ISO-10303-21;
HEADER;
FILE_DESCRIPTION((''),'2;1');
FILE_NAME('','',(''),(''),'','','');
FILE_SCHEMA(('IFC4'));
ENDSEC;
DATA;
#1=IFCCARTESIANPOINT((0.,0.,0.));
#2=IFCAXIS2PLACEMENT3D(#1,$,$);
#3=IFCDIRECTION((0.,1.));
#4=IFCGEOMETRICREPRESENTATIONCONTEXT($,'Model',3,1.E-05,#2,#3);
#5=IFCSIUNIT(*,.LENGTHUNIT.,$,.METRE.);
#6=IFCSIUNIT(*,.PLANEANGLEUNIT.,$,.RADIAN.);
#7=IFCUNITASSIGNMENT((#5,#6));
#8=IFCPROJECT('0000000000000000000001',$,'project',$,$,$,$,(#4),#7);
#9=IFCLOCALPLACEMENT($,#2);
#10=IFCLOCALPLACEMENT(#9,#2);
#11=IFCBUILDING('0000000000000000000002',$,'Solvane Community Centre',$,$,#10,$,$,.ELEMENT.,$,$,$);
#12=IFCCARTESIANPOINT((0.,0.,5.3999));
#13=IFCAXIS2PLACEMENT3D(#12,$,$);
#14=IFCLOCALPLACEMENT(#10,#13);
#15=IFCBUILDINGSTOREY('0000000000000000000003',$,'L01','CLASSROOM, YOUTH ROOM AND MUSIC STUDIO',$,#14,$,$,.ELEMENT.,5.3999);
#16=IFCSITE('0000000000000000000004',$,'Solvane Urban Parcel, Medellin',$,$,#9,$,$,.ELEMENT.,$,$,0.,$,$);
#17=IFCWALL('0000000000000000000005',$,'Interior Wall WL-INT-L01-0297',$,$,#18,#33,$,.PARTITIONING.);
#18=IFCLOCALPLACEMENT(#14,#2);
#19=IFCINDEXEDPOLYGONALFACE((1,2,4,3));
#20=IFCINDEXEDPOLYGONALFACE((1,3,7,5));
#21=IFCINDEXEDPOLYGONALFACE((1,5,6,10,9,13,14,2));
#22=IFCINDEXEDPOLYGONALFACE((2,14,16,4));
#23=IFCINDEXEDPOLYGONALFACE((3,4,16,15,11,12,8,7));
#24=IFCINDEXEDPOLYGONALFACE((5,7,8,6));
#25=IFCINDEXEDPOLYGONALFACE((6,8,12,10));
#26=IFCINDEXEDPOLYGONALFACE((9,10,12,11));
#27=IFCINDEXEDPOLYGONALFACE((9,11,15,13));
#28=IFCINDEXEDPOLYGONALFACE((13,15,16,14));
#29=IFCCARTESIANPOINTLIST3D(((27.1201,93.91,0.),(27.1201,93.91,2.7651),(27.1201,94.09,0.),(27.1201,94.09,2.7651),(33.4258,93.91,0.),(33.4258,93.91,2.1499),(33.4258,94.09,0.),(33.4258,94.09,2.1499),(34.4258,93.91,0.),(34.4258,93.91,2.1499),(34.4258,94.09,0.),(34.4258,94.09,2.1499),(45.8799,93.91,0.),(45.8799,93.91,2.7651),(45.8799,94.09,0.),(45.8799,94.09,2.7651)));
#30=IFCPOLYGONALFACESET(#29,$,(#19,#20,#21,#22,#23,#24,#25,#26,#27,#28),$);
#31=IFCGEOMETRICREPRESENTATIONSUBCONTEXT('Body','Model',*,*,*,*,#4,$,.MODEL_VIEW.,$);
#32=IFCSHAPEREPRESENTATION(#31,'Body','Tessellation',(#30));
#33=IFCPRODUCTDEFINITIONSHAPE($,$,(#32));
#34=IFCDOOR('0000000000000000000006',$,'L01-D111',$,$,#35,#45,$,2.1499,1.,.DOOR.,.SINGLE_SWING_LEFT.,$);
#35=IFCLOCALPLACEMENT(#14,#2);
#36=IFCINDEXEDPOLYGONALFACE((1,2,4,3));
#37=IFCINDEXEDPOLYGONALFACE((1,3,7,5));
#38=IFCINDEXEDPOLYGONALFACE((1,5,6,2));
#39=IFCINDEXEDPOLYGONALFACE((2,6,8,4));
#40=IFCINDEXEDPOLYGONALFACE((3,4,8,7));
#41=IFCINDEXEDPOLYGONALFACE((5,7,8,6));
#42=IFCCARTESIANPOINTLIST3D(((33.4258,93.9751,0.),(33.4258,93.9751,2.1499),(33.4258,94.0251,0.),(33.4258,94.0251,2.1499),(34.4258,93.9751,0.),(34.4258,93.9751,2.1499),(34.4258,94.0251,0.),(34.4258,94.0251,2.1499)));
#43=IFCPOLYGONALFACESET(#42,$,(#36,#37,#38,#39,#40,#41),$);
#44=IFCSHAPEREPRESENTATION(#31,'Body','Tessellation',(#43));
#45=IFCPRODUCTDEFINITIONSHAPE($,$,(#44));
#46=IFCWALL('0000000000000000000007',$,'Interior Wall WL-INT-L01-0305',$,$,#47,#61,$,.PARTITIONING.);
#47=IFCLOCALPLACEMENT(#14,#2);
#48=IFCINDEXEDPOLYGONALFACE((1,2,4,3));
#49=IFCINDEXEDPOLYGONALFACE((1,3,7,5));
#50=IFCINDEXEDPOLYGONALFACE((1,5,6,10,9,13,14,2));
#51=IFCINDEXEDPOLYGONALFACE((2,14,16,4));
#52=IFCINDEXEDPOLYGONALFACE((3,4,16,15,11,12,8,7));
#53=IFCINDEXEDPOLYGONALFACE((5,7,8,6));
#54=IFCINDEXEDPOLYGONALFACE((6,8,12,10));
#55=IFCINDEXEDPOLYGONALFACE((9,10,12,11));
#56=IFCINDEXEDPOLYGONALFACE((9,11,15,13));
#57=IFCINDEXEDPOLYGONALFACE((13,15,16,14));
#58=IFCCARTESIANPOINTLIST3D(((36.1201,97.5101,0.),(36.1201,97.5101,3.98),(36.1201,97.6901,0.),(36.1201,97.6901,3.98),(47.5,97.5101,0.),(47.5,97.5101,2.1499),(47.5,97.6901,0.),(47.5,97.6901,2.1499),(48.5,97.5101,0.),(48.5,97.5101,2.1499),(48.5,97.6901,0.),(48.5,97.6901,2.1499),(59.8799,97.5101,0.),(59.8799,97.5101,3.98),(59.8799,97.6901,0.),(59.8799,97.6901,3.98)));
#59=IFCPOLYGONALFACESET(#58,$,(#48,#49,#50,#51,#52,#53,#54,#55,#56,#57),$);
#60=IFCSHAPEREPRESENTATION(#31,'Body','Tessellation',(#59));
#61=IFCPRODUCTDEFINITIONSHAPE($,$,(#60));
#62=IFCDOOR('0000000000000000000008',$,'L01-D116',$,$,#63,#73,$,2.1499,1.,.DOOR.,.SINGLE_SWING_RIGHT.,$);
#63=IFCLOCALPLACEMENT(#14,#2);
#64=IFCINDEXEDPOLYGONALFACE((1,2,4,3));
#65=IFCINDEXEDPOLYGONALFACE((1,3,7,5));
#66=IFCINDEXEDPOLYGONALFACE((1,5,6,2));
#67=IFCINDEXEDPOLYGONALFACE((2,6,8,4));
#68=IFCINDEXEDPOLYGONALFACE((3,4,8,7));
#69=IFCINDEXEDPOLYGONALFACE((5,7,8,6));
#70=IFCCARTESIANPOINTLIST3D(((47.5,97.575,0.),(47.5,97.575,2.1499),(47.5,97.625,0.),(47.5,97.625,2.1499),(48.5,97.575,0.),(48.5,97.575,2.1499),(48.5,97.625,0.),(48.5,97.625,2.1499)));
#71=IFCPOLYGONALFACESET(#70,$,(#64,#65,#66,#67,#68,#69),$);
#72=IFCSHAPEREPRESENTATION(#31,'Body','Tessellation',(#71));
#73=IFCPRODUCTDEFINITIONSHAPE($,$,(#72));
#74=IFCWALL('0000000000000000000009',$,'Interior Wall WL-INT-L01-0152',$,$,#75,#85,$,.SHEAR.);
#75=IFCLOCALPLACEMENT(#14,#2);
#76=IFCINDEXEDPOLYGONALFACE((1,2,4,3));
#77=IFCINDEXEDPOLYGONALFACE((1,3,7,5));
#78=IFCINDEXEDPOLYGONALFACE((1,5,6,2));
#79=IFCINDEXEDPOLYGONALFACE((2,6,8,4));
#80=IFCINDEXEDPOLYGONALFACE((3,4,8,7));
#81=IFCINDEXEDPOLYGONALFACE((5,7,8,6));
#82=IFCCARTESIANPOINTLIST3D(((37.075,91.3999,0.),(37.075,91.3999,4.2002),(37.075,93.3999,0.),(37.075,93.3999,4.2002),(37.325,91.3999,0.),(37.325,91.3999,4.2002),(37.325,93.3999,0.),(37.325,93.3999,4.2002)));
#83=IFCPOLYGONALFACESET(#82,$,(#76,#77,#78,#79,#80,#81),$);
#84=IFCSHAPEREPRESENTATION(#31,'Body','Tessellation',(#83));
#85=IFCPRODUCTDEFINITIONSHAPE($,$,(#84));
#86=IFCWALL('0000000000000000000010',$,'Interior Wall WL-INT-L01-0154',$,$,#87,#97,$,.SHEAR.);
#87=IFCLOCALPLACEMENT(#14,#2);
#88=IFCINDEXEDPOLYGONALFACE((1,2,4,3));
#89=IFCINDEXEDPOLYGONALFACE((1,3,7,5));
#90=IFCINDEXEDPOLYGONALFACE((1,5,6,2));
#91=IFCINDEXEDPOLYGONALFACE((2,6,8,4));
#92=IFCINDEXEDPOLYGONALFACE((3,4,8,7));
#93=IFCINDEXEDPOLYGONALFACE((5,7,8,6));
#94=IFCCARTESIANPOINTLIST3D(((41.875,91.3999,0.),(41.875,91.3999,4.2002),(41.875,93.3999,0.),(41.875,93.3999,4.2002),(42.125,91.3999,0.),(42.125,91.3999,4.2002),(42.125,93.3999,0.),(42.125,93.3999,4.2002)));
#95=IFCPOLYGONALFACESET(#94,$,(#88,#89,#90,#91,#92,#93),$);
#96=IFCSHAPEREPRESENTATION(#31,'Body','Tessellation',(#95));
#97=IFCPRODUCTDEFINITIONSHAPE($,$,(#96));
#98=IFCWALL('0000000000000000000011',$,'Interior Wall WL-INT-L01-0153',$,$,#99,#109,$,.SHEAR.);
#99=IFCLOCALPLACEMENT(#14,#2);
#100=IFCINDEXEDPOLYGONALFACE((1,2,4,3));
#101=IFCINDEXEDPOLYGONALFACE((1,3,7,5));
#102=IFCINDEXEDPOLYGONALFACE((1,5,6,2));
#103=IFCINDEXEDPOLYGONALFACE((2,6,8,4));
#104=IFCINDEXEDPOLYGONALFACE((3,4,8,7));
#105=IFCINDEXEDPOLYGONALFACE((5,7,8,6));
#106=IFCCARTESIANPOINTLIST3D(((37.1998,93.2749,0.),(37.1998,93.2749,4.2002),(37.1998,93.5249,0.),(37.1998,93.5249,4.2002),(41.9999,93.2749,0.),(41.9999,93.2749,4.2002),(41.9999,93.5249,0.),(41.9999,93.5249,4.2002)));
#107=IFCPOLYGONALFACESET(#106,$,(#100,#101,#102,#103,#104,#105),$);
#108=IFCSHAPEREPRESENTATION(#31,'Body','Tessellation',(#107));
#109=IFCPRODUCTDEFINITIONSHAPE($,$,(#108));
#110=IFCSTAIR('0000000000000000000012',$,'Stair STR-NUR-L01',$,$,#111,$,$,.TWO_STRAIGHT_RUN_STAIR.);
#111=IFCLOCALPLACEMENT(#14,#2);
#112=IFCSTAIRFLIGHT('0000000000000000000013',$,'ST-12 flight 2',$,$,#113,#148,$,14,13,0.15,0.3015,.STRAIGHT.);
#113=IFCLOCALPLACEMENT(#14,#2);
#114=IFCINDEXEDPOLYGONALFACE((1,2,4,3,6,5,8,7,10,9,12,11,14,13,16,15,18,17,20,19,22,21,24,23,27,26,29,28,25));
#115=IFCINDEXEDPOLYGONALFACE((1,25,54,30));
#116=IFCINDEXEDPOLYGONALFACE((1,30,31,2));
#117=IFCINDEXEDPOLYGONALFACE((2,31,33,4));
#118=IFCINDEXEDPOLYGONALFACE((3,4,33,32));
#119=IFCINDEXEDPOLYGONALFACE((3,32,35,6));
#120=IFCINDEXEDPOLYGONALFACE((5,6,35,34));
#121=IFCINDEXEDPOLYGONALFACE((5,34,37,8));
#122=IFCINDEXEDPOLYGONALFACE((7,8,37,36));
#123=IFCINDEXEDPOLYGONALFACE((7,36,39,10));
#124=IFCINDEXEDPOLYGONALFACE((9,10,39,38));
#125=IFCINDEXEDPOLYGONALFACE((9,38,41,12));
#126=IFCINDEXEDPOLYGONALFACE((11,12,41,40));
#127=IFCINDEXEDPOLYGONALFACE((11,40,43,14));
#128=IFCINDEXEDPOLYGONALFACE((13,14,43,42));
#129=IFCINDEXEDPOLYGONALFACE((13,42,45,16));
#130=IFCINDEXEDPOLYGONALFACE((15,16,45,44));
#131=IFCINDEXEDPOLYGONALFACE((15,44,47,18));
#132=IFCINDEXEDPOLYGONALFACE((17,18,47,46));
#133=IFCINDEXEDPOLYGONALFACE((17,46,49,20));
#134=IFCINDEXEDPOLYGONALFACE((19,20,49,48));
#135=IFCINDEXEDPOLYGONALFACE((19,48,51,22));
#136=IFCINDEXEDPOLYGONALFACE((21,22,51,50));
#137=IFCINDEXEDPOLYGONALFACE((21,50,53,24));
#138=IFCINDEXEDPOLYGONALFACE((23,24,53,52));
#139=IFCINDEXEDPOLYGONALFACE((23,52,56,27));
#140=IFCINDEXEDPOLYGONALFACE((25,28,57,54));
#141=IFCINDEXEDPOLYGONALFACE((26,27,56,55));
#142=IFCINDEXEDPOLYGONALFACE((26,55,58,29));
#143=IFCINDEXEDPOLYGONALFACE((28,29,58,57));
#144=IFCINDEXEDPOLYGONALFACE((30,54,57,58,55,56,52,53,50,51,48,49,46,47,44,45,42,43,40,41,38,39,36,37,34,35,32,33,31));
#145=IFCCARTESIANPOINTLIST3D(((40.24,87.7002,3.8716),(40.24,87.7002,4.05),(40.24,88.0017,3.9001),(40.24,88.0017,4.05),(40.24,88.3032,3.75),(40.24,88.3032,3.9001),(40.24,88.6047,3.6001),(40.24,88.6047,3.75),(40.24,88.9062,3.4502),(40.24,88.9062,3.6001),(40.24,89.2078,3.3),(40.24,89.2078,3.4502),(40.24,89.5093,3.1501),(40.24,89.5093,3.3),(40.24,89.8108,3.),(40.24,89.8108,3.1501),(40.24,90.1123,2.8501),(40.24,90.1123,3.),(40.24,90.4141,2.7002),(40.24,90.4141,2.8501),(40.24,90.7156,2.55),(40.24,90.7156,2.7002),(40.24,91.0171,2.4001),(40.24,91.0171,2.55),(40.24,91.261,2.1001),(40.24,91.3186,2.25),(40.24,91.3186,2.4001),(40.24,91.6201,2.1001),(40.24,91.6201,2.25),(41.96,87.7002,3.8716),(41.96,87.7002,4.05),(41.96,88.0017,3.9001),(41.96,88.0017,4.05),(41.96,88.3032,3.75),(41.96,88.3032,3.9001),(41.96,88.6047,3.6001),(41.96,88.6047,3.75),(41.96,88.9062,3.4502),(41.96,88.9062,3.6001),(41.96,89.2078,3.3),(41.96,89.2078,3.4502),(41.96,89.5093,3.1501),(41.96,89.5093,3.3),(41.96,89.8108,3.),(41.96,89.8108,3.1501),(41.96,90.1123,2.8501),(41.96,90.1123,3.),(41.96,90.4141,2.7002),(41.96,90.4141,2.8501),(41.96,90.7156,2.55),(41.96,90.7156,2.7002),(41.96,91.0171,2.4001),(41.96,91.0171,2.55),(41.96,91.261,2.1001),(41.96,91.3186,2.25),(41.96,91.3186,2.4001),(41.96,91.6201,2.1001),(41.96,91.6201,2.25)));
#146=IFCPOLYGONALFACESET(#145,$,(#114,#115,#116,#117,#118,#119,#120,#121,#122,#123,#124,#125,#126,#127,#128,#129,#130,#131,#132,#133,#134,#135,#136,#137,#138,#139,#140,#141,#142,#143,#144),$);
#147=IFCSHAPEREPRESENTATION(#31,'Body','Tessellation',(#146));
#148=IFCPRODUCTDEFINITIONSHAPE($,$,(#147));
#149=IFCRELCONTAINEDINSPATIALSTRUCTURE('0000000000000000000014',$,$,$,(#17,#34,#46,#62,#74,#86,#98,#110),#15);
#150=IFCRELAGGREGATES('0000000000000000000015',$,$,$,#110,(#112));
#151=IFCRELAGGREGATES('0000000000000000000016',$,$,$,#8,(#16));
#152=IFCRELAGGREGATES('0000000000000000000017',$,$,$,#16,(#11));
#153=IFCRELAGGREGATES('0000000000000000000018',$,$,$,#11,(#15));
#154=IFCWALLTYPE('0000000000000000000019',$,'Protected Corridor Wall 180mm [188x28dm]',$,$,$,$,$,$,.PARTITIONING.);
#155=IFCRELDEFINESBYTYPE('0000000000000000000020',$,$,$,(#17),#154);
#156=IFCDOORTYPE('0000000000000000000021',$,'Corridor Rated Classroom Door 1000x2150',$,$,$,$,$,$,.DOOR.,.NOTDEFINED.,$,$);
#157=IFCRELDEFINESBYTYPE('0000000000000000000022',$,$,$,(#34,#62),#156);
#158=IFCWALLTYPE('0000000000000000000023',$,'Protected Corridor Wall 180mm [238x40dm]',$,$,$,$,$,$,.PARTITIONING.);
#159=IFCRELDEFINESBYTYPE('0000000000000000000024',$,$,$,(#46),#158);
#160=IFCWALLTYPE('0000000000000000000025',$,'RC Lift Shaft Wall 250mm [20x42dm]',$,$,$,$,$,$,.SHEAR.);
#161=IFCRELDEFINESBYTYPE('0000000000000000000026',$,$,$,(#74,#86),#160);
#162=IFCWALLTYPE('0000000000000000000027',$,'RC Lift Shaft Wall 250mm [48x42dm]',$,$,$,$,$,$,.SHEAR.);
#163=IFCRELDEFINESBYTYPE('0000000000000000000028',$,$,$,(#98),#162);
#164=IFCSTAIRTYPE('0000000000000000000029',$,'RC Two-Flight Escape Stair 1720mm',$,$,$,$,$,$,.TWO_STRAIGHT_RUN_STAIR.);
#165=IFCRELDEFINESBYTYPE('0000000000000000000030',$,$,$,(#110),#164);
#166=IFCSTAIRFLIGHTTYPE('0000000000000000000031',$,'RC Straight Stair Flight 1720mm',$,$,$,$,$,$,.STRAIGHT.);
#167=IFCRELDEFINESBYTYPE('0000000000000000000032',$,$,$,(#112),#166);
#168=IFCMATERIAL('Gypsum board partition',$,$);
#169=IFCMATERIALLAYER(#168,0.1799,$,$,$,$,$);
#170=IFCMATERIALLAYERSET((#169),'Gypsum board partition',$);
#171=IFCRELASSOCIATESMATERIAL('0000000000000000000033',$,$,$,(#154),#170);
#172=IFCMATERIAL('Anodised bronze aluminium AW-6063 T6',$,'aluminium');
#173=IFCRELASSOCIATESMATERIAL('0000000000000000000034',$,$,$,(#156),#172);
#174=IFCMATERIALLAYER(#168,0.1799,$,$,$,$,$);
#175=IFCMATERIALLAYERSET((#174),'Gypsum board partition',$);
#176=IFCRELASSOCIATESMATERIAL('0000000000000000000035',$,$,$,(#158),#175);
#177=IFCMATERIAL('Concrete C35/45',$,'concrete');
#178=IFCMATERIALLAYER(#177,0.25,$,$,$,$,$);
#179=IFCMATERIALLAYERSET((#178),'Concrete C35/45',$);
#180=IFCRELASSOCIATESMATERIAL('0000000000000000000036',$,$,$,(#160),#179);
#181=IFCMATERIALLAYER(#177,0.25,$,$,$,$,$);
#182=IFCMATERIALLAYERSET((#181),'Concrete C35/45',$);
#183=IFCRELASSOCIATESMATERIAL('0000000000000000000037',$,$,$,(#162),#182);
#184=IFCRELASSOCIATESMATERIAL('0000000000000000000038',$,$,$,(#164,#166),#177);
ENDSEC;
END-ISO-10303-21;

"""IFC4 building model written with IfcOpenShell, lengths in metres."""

from ifc_helpers import new_model, si_unit, direction, frame, frame_2d, origin, place, context, subcontext, project, spatial, polyline, rectangle, outline, extrude, material, layer, layer_set, type_object, element, fill, aggregate, save


model = new_model("IFC4")

# Units and contexts
model_context = context("Model", 3, precision=1e-05, world=origin(), true_north=direction((0.0, 1.0)))
body_context = subcontext(model_context, "Body", "Model", "MODEL_VIEW")
ifc_project = project(units=[si_unit("LENGTHUNIT", "METRE"), si_unit("PLANEANGLEUNIT", "RADIAN")], contexts=[model_context])

# Site, building, storey
site_placement = place(None, origin())
site = spatial("IfcSite", under=ifc_project, at=site_placement, Name="Solvane Urban Parcel, Medellin", CompositionType="ELEMENT", RefElevation=0.0)
building_placement = place(site_placement, origin())
building = spatial("IfcBuilding", under=site, at=building_placement, Name="Solvane Community Centre", CompositionType="ELEMENT")
storey_placement = place(building_placement, frame((0.0, 0.0, 5.3999)))
storey = spatial("IfcBuildingStorey", under=building, at=storey_placement, Name="L01", Description="CLASSROOM, YOUTH ROOM AND MUSIC STUDIO", CompositionType="ELEMENT", Elevation=5.3999)

# Shared definitions
ifc_material_1 = material(Name="Concrete C35/45", Category="concrete")

# Shared definitions
ifc_material_2 = material(Name="Gypsum board partition")

# Walls, openings, doors
ifc_layer_1 = layer(ifc_material_2, 0.1799)
ifc_layer_set_1 = layer_set([ifc_layer_1], Name="Gypsum board partition")
wall_type_1 = type_object("IfcWallType", Name="Protected Corridor Wall 180mm [188x28dm]", PredefinedType="PARTITIONING", material=ifc_layer_set_1)
wall_1_placement = place(storey_placement, frame((45.8799, 94.0, 0.0), z_axis=(0.0, 0.0, 1.0), x_axis=(-1.0, 0.0, 0.0)))
wall_1 = element("IfcWall", 1, at=wall_1_placement, inside=storey, type_object=wall_type_1, Name="Interior Wall WL-INT-L01-0297", PredefinedType="PARTITIONING", context=body_context, shape_type="SweptSolid", body=[
    extrude(rectangle(XDim=18.7598, YDim=0.1799, at=frame_2d((9.3799, 0.0))), origin(), (0.0, 0.0, 1.0), 2.7651),
])
opening_1_placement = place(wall_1_placement, frame((11.4541, 0.0, 0.0)))
opening_1 = element("IfcOpeningElement", 2, at=opening_1_placement, cuts=wall_1, PredefinedType="OPENING", context=body_context, shape_type="SweptSolid", body=[
    extrude(rectangle(XDim=1.0, YDim=2.1499, at=frame_2d((0.5, 1.075))), frame((0.0, 0.0999, 0.0), z_axis=(0.0, -1.0, 0.0), x_axis=(1.0, 0.0, 0.0)), (0.0, 0.0, 1.0), 0.2),
])
ifc_material_3 = material(Name="Anodised bronze aluminium AW-6063 T6", Category="aluminium")
door_type = type_object("IfcDoorType", Name="Corridor Rated Classroom Door 1000x2150", OperationType="NOTDEFINED", PredefinedType="DOOR", material=ifc_material_3)
door_1_placement = place(opening_1_placement, origin())
door_1 = element("IfcDoor", 3, at=door_1_placement, inside=storey, type_object=door_type, Name="L01-D111", OperationType="SINGLE_SWING_LEFT", OverallHeight=2.1499, OverallWidth=1.0, PredefinedType="DOOR", context=body_context, shape_type="SweptSolid", body=[
    extrude(rectangle(XDim=1.0, YDim=2.1499, at=frame_2d((0.5, 1.075))), frame((0.0, 0.0249, 0.0), z_axis=(0.0, -1.0, 0.0), x_axis=(1.0, 0.0, 0.0)), (0.0, 0.0, 1.0), 0.05),
])
fill(opening_1, door_1)
ifc_layer_2 = layer(ifc_material_2, 0.1799)
ifc_layer_set_2 = layer_set([ifc_layer_2], Name="Gypsum board partition")
wall_type_2 = type_object("IfcWallType", Name="Protected Corridor Wall 180mm [238x40dm]", PredefinedType="PARTITIONING", material=ifc_layer_set_2)
wall_2_placement = place(storey_placement, frame((36.1201, 97.6001, 0.0), z_axis=(0.0, 0.0, 1.0), x_axis=(1.0, 0.0, 0.0)))
wall_2 = element("IfcWall", 4, at=wall_2_placement, inside=storey, type_object=wall_type_2, Name="Interior Wall WL-INT-L01-0305", PredefinedType="PARTITIONING", context=body_context, shape_type="SweptSolid", body=[
    extrude(rectangle(XDim=23.7598, YDim=0.1799, at=frame_2d((11.8799, 0.0))), origin(), (0.0, 0.0, 1.0), 3.98),
])
opening_2_placement = place(wall_2_placement, frame((11.3799, 0.0, 0.0)))
opening_2 = element("IfcOpeningElement", 5, at=opening_2_placement, cuts=wall_2, PredefinedType="OPENING", context=body_context, shape_type="SweptSolid", body=[
    extrude(rectangle(XDim=1.0, YDim=2.1499, at=frame_2d((0.5, 1.075))), frame((0.0, 0.0999, 0.0), z_axis=(0.0, -1.0, 0.0), x_axis=(1.0, 0.0, 0.0)), (0.0, 0.0, 1.0), 0.2),
])
door_2_placement = place(opening_2_placement, origin())
door_2 = element("IfcDoor", 6, at=door_2_placement, inside=storey, type_object=door_type, Name="L01-D116", OperationType="SINGLE_SWING_RIGHT", OverallHeight=2.1499, OverallWidth=1.0, PredefinedType="DOOR", context=body_context, shape_type="SweptSolid", body=[
    extrude(rectangle(XDim=1.0, YDim=2.1499, at=frame_2d((0.5, 1.075))), frame((0.0, 0.0249, 0.0), z_axis=(0.0, -1.0, 0.0), x_axis=(1.0, 0.0, 0.0)), (0.0, 0.0, 1.0), 0.05),
])
fill(opening_2, door_2)

# Walls
ifc_layer_3 = layer(ifc_material_1, 0.25)
ifc_layer_set_3 = layer_set([ifc_layer_3], Name="Concrete C35/45")
wall_type_3 = type_object("IfcWallType", Name="RC Lift Shaft Wall 250mm [20x42dm]", PredefinedType="SHEAR", material=ifc_layer_set_3)
for number, where, z_axis, x_axis, name in (
    (7, (37.2, 91.3999, 0.0), (0.0, 0.0, 1.0), (0.0, 1.0, 0.0), "Interior Wall WL-INT-L01-0152"),
    (8, (42.0, 93.3999, 0.0), (0.0, 0.0, 1.0), (0.0, -1.0, 0.0), "Interior Wall WL-INT-L01-0154"),
):
    element("IfcWall", number, at=place(storey_placement, frame(where, z_axis=z_axis, x_axis=x_axis)), inside=storey, type_object=wall_type_3, Name=name, PredefinedType="SHEAR", context=body_context, shape_type="SweptSolid", body=[
        extrude(rectangle(XDim=2.0, YDim=0.25, at=frame_2d((1.0, 0.0))), origin(), (0.0, 0.0, 1.0), 4.2002),
    ])
ifc_layer_4 = layer(ifc_material_1, 0.25)
ifc_layer_set_4 = layer_set([ifc_layer_4], Name="Concrete C35/45")
wall_type_4 = type_object("IfcWallType", Name="RC Lift Shaft Wall 250mm [48x42dm]", PredefinedType="SHEAR", material=ifc_layer_set_4)
wall_3_placement = place(storey_placement, frame((37.2, 93.3999, 0.0), z_axis=(0.0, 0.0, 1.0), x_axis=(1.0, 0.0, 0.0)))
element("IfcWall", 9, at=wall_3_placement, inside=storey, type_object=wall_type_4, Name="Interior Wall WL-INT-L01-0153", PredefinedType="SHEAR", context=body_context, shape_type="SweptSolid", body=[
    extrude(rectangle(XDim=4.8, YDim=0.25, at=frame_2d((2.3999, 0.0))), origin(), (0.0, 0.0, 1.0), 4.2002),
])

# Stair, stair flight
stair_type = type_object("IfcStairType", Name="RC Two-Flight Escape Stair 1720mm", PredefinedType="TWO_STRAIGHT_RUN_STAIR", material=ifc_material_1)
stair_placement = place(storey_placement, origin())
stair = element("IfcStair", 10, at=stair_placement, inside=storey, type_object=stair_type, Name="Stair STR-NUR-L01", PredefinedType="TWO_STRAIGHT_RUN_STAIR")
stair_flight_type = type_object("IfcStairFlightType", Name="RC Straight Stair Flight 1720mm", PredefinedType="STRAIGHT", material=ifc_material_1)
stair_flight_placement = place(storey_placement, frame((41.1001, 91.6201, 2.1001), z_axis=(0.0, 0.0, 1.0), x_axis=(0.0, -1.0, 0.0)))
stair_flight = element("IfcStairFlight", 11, at=stair_flight_placement, type_object=stair_flight_type, Name="ST-12 flight 2", NumberOfRisers=14, NumberOfTreads=13, PredefinedType="STRAIGHT", RiserHeight=0.15, TreadLength=0.3015, context=body_context, shape_type="SweptSolid", body=[
    extrude(outline(polyline([(0.0, 0.0), (0.0, 0.1499), (0.3015, 0.1499), (0.3015, 0.3), (0.603, 0.3), (0.603, 0.45), (0.9045, 0.45), (0.9045, 0.6001), (1.2061, 0.6001), (1.2061, 0.75), (1.5078, 0.75), (1.5078, 0.8999), (1.8093, 0.8999), (1.8093, 1.05), (2.1108, 1.05), (2.1108, 1.2), (2.4124, 1.2), (2.4124, 1.3501), (2.7139, 1.3501), (2.7139, 1.5), (3.0154, 1.5), (3.0154, 1.6499), (3.3169, 1.6499), (3.3169, 1.8), (3.6184, 1.8), (3.6184, 1.95), (3.9199, 1.95), (3.9199, 2.1001), (3.9199, 1.7715), (0.3591, 0.0), (0.0, 0.0)])), frame((0.0, 0.8599, 0.0), z_axis=(0.0, -1.0, 0.0), x_axis=(1.0, 0.0, 0.0)), (0.0, 0.0, 1.0), 1.72),
])
aggregate(stair, [stair_flight])

save(model, "model.ifc")
